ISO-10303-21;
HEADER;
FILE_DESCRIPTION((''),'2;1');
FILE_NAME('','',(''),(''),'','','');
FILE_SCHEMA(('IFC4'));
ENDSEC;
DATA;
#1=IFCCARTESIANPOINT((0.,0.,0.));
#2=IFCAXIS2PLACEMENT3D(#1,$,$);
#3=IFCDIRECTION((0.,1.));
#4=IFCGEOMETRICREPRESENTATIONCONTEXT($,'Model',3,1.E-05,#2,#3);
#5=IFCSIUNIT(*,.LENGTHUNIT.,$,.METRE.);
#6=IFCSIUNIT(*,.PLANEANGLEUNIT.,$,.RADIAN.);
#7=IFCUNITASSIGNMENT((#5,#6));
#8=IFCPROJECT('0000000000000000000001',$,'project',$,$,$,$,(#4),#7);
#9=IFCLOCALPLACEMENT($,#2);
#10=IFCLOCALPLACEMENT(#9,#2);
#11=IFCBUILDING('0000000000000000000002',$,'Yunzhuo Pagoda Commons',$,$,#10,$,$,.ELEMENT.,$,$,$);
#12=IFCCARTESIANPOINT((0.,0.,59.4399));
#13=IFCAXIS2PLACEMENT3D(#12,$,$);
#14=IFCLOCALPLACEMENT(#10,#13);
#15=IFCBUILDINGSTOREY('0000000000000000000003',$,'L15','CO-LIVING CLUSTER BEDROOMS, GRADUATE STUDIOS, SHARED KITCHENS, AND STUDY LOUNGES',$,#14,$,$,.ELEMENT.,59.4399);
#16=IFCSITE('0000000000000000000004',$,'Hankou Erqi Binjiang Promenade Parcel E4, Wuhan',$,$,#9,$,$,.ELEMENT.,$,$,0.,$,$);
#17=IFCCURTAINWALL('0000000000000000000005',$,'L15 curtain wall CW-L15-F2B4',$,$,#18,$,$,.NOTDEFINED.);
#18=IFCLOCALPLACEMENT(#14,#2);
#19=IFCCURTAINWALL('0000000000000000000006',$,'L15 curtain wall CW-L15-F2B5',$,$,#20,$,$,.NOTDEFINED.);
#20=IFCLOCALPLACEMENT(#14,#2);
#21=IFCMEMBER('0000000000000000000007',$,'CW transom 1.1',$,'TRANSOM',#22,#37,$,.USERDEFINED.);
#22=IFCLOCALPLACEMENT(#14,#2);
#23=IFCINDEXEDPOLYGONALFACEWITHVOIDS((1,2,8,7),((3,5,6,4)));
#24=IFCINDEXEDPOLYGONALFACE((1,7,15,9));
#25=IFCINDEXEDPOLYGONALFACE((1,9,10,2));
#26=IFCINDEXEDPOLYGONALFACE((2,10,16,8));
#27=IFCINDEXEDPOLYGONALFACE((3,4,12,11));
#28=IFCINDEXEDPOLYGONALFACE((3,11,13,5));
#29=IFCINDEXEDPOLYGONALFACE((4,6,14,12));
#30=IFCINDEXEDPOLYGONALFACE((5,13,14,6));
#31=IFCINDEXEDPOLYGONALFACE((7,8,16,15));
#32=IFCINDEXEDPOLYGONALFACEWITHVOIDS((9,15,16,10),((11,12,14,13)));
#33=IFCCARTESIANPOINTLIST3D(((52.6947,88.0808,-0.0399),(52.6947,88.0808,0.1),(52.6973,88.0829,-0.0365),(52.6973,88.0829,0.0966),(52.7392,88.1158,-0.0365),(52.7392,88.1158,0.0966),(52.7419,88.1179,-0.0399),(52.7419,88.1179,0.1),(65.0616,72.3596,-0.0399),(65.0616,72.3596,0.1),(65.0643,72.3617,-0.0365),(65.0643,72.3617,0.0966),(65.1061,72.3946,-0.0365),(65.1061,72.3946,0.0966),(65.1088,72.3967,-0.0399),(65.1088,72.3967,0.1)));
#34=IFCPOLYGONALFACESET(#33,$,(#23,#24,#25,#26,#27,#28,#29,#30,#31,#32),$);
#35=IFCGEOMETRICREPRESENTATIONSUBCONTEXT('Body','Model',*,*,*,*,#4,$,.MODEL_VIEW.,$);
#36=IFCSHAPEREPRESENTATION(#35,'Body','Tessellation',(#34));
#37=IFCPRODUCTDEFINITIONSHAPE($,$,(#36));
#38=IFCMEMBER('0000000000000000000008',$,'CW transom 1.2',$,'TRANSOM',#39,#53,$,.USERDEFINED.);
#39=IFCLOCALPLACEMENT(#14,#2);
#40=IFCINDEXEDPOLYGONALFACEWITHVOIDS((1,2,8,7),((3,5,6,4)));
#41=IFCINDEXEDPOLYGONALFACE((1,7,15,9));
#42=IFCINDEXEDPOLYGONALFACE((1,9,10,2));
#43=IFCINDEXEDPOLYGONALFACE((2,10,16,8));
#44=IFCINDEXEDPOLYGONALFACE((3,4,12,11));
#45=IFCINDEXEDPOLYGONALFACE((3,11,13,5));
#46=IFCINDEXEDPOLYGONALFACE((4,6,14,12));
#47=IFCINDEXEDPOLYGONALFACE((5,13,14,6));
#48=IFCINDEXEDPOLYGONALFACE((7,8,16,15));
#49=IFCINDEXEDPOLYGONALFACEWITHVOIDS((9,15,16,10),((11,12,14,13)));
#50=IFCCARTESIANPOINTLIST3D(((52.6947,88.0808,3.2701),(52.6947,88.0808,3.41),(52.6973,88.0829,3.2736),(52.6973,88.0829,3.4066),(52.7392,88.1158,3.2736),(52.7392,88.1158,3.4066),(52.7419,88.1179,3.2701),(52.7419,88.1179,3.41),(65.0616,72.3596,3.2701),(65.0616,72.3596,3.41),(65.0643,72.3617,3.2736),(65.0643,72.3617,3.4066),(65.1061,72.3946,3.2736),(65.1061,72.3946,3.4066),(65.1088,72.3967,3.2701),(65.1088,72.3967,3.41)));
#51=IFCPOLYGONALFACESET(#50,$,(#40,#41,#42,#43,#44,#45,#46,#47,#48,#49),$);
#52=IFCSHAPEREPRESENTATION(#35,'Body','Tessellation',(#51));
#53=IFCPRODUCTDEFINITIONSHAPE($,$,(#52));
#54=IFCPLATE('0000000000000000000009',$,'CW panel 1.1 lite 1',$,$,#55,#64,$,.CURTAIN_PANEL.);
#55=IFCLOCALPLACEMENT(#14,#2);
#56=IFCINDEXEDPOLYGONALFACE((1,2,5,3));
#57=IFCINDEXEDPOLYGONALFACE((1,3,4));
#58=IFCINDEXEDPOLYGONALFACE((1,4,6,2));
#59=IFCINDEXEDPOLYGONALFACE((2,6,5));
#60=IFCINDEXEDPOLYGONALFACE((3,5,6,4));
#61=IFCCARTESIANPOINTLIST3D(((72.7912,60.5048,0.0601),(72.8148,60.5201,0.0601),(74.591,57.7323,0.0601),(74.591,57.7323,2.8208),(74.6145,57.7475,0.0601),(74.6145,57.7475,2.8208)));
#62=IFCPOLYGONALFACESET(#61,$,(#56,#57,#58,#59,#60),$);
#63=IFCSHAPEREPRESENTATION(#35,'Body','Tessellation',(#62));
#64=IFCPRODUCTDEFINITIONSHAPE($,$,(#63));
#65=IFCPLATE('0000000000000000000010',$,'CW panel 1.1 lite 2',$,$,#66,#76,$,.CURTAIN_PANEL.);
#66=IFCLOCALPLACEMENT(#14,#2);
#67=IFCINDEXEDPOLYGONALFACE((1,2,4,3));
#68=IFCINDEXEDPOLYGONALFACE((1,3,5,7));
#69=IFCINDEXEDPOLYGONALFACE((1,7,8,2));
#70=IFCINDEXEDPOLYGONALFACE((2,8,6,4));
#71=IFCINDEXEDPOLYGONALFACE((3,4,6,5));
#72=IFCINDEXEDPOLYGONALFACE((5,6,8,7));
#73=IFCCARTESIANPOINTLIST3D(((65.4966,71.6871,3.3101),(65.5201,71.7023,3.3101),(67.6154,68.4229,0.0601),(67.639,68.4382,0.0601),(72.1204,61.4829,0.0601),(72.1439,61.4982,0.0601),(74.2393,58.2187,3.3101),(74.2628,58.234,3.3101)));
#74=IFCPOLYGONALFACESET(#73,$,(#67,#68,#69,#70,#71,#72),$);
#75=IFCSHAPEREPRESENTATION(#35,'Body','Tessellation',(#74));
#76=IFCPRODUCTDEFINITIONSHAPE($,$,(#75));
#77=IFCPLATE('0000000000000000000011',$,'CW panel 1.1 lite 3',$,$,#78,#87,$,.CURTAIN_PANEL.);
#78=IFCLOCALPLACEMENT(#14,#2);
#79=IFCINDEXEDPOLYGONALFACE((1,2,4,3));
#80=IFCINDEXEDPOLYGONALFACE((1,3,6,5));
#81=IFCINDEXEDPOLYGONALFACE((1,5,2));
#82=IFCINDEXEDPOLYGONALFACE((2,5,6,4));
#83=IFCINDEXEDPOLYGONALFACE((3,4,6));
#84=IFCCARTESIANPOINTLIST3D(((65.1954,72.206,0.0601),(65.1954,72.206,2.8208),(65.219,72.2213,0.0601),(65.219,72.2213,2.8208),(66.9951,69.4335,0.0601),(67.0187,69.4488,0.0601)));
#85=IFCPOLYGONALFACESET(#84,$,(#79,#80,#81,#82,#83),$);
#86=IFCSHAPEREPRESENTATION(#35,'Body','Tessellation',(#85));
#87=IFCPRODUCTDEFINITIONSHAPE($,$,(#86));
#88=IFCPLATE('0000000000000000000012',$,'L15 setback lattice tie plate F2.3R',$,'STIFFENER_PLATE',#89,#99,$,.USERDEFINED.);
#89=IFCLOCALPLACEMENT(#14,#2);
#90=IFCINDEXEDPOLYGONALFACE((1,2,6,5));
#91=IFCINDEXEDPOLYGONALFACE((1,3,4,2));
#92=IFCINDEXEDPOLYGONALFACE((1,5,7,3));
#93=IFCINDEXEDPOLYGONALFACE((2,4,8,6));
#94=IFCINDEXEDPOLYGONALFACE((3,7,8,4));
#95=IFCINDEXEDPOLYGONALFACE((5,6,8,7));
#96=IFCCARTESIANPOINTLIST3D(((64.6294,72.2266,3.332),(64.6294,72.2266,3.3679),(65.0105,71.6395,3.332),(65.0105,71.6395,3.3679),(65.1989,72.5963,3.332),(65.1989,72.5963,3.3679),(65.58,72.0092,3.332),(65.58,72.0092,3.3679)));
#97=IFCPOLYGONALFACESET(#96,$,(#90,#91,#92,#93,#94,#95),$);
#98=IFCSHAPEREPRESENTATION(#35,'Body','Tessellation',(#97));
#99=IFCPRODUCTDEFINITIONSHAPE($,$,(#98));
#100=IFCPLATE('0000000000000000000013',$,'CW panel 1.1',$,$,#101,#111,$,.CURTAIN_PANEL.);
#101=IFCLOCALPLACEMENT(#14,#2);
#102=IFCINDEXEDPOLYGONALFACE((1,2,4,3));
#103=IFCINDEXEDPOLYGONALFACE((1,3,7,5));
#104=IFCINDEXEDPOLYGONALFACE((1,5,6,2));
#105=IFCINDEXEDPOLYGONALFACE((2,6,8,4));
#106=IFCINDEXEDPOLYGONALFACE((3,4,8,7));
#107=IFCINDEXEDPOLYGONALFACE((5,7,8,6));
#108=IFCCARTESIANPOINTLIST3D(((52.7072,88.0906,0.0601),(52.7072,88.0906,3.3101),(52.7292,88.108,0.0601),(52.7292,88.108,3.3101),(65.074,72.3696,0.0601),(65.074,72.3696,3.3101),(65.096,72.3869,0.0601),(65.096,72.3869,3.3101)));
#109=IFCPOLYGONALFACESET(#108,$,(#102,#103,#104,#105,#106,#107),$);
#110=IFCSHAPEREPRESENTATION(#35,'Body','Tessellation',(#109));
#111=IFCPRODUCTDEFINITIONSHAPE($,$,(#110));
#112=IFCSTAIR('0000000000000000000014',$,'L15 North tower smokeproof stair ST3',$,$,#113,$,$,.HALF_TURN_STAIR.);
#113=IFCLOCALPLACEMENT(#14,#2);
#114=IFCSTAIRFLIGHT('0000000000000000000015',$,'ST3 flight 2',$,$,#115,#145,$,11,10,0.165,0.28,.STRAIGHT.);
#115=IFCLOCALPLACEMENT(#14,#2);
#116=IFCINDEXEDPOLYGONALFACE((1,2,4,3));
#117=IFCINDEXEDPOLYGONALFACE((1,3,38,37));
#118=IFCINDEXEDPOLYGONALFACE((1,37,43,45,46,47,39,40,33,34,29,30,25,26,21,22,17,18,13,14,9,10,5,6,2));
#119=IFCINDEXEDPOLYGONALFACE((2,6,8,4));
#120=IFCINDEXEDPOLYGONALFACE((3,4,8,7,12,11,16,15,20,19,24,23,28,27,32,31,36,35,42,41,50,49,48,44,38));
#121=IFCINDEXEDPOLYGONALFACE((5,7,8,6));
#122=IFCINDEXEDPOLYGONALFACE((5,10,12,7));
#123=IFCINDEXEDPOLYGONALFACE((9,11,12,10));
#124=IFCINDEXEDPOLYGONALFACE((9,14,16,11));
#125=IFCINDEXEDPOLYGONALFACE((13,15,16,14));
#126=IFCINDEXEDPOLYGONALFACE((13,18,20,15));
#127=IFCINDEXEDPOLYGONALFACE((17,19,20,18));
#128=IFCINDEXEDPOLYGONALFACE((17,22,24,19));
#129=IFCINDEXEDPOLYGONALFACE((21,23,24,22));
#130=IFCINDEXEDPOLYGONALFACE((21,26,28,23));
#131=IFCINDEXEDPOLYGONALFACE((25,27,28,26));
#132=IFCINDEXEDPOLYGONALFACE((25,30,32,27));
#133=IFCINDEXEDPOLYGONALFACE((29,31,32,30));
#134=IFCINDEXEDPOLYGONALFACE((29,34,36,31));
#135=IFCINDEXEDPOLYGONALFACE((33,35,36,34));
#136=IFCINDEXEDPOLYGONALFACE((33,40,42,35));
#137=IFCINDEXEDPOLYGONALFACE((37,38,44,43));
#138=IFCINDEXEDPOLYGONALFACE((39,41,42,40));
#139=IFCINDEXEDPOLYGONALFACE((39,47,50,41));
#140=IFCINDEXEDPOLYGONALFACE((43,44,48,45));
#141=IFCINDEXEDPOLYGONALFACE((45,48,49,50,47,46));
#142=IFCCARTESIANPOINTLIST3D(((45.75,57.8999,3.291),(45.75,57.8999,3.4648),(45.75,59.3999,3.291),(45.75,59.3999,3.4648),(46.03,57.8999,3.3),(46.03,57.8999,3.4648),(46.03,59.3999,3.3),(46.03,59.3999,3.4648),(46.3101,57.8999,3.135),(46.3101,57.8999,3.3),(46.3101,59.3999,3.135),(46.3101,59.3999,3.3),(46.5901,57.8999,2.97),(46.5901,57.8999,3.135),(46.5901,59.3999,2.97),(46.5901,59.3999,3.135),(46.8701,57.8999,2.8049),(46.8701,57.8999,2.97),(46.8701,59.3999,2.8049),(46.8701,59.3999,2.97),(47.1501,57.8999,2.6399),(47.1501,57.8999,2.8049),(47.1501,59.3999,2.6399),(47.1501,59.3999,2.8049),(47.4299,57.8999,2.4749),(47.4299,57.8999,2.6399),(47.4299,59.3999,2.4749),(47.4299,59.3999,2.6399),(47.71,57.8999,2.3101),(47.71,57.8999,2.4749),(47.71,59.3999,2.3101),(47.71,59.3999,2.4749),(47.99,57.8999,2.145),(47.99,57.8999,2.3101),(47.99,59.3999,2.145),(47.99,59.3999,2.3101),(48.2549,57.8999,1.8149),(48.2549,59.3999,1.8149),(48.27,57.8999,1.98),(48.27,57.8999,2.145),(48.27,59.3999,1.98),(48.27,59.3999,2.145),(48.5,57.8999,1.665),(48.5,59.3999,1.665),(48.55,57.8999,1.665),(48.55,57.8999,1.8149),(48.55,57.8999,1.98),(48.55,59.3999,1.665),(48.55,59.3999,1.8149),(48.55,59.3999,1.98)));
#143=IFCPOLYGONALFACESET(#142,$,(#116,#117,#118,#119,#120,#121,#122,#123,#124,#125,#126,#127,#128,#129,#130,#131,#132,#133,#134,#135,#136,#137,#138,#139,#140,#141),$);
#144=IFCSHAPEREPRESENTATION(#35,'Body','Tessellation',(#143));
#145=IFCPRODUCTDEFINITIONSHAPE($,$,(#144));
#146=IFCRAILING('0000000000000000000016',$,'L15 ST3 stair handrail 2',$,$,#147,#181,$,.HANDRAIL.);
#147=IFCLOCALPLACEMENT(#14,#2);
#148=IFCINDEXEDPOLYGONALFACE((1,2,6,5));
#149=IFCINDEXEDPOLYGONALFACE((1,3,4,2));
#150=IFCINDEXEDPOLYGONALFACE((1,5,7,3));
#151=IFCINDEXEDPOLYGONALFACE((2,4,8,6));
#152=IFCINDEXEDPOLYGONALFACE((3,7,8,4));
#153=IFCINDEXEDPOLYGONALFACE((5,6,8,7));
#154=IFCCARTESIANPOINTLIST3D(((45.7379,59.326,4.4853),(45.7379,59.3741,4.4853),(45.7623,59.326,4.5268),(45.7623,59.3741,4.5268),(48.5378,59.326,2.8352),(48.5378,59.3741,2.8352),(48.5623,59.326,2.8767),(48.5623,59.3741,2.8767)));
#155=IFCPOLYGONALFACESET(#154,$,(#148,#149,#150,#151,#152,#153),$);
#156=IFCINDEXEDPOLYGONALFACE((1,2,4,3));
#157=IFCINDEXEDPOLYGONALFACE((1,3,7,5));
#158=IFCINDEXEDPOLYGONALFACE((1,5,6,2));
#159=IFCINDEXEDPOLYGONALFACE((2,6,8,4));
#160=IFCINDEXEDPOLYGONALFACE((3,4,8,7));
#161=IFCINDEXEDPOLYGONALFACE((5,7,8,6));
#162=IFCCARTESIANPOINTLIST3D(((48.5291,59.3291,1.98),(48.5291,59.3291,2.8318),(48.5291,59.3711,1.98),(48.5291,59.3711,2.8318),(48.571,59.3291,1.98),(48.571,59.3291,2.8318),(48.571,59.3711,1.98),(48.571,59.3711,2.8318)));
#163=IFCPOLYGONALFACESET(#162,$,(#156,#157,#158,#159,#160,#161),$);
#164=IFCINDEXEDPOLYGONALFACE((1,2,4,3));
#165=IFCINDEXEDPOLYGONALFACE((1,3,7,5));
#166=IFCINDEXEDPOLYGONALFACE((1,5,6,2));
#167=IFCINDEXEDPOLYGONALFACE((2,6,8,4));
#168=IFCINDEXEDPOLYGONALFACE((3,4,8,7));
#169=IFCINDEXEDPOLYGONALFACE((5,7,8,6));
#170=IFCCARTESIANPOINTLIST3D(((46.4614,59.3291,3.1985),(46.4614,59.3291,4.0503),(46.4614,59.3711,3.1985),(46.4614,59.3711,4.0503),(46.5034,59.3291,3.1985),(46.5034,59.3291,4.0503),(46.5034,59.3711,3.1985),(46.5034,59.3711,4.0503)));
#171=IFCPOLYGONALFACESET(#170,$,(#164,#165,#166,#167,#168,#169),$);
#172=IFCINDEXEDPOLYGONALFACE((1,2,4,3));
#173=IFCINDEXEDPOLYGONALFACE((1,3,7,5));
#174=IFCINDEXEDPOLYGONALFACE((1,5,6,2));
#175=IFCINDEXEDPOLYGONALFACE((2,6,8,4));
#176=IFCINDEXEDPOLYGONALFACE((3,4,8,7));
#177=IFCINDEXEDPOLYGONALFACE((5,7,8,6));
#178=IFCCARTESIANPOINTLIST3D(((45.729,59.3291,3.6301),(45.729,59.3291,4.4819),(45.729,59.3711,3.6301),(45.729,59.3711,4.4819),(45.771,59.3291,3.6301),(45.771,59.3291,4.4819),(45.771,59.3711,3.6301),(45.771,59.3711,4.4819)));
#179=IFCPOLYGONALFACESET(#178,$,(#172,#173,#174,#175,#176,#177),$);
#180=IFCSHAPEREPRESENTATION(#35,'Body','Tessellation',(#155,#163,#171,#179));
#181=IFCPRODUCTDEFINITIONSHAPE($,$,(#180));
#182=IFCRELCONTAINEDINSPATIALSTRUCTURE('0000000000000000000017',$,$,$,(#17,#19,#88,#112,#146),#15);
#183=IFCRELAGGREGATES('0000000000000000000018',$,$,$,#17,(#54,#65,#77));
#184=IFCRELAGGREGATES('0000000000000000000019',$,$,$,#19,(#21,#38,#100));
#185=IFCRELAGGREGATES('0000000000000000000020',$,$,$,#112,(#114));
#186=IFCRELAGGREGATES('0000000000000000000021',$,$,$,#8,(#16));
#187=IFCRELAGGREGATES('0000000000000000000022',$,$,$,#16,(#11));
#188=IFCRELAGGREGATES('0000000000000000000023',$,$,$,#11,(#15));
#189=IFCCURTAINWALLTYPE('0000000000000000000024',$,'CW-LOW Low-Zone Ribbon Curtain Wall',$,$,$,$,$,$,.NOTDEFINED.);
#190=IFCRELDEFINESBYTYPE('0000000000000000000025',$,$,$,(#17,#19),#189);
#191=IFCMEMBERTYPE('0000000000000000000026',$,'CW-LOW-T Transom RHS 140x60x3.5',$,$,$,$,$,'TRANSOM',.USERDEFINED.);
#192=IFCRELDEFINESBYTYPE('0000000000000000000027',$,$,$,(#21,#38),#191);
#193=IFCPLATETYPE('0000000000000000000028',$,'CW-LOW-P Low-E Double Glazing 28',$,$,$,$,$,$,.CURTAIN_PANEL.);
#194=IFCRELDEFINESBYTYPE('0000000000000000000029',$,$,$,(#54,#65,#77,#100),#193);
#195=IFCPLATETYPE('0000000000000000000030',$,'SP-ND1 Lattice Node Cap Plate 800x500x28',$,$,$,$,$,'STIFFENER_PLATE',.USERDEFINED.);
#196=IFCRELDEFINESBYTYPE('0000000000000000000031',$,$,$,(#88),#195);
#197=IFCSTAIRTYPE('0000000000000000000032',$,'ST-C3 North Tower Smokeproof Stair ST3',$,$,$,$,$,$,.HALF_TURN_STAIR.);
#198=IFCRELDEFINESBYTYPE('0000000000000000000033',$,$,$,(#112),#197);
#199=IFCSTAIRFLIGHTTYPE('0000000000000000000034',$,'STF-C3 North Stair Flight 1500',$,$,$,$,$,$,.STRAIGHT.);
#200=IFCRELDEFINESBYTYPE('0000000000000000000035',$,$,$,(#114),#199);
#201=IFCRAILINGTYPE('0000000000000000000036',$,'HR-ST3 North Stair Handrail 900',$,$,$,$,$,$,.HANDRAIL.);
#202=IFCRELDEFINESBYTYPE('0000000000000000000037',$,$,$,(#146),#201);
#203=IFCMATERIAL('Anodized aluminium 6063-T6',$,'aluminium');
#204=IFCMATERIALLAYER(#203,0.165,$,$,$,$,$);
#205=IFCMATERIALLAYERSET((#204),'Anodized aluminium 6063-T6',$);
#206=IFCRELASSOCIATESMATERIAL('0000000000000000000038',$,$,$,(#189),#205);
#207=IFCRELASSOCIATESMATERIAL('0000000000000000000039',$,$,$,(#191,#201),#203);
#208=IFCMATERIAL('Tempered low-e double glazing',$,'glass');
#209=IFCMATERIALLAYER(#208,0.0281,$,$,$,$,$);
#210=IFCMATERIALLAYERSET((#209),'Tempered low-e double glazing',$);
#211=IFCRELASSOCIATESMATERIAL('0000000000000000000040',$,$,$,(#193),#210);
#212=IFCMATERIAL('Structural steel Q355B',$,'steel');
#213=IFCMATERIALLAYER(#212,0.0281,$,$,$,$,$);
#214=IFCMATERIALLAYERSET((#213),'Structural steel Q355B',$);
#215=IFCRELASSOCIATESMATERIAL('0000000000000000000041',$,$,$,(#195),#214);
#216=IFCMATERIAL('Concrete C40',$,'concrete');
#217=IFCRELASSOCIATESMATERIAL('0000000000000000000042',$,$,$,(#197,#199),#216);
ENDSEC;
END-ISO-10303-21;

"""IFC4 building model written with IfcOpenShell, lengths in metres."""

from ifc_helpers import new_model, si_unit, direction, frame, origin, origin_2d, place, context, subcontext, project, spatial, polyline, rectangle, hollow_rectangle, outline, extrude, source, transform, mapped, material, layer, layer_set, material_profile, profile_set, type_object, element, aggregate, save


model = new_model("IFC4")

# Units and contexts
model_context = context("Model", 3, precision=1e-05, world=origin(), true_north=direction((0.0, 1.0)))
body_context = subcontext(model_context, "Body", "Model", "MODEL_VIEW")
ifc_project = project(units=[si_unit("LENGTHUNIT", "METRE"), si_unit("PLANEANGLEUNIT", "RADIAN")], contexts=[model_context])

# Site, building, storey
site_placement = place(None, origin())
site = spatial("IfcSite", under=ifc_project, at=site_placement, Name="Hankou Erqi Binjiang Promenade Parcel E4, Wuhan", CompositionType="ELEMENT", RefElevation=0.0)
building_placement = place(site_placement, origin())
building = spatial("IfcBuilding", under=site, at=building_placement, Name="Yunzhuo Pagoda Commons", CompositionType="ELEMENT")
storey_placement = place(building_placement, frame((0.0, 0.0, 59.4399)))
storey = spatial("IfcBuildingStorey", under=building, at=storey_placement, Name="L15", Description="CO-LIVING CLUSTER BEDROOMS, GRADUATE STUDIOS, SHARED KITCHENS, AND STUDY LOUNGES", CompositionType="ELEMENT", Elevation=59.4399)

# Shared definitions
ifc_material_1 = material(Name="Structural steel Q355B", Category="steel")

# Curtain wall
ifc_material_2 = material(Name="Anodized aluminium 6063-T6", Category="aluminium")
ifc_layer_1 = layer(ifc_material_2, 0.165)
ifc_layer_set_1 = layer_set([ifc_layer_1], Name="Anodized aluminium 6063-T6")
curtain_wall_type = type_object("IfcCurtainWallType", Name="CW-LOW Low-Zone Ribbon Curtain Wall", PredefinedType="NOTDEFINED", material=ifc_layer_set_1)
curtain_wall_1_placement = place(storey_placement, origin())
curtain_wall_1 = element("IfcCurtainWall", 1, at=curtain_wall_1_placement, inside=storey, type_object=curtain_wall_type, Name="L15 curtain wall CW-L15-F2B4", PredefinedType="NOTDEFINED")

# Curtain wall, members
curtain_wall_2_placement = place(storey_placement, origin())
curtain_wall_2 = element("IfcCurtainWall", 2, at=curtain_wall_2_placement, inside=storey, type_object=curtain_wall_type, Name="L15 curtain wall CW-L15-F2B5", PredefinedType="NOTDEFINED")
ifc_material_profile_1 = material_profile(ifc_material_2, hollow_rectangle(XDim=0.0601, YDim=0.1399, WallThickness=0.0034, at=origin_2d()), Name="Anodized aluminium 6063-T6")
ifc_profile_set_1 = profile_set([ifc_material_profile_1], Name="Anodized aluminium 6063-T6")
member_type_1 = type_object("IfcMemberType", Name="CW-LOW-T Transom RHS 140x60x3.5", ElementType="TRANSOM", PredefinedType="USERDEFINED", material=ifc_profile_set_1)
shared_shape_1 = source(origin(), body_context, "Body", "SweptSolid", [
    extrude(hollow_rectangle(XDim=0.0601, YDim=0.1399, WallThickness=0.0034, at=origin_2d()), origin(), (0.0, 0.0, 1.0), 20.0024),
])
member_1_placement = place(storey_placement, frame((65.0852, 72.3782, 0.03), z_axis=(-0.618272, 0.785964, 0.0), x_axis=(-0.785964, -0.618272, 0.0)))
member_1 = element("IfcMember", 3, at=member_1_placement, type_object=member_type_1, Name="CW transom 1.1", ObjectType="TRANSOM", PredefinedType="USERDEFINED", context=body_context, shape_type="MappedRepresentation", body=[
    mapped(shared_shape_1, transform((0.0, 0.0, 0.0), scale=1.0)),
])
member_2_placement = place(storey_placement, frame((65.0852, 72.3782, 3.3401), z_axis=(-0.618272, 0.785964, 0.0), x_axis=(-0.785964, -0.618272, 0.0)))
member_2 = element("IfcMember", 4, at=member_2_placement, type_object=member_type_1, Name="CW transom 1.2", ObjectType="TRANSOM", PredefinedType="USERDEFINED", context=body_context, shape_type="MappedRepresentation", body=[
    mapped(shared_shape_1, transform((0.0, 0.0, 0.0), scale=1.0)),
])

# Plates
ifc_material_3 = material(Name="Tempered low-e double glazing", Category="glass")
ifc_layer_2 = layer(ifc_material_3, 0.0281)
ifc_layer_set_2 = layer_set([ifc_layer_2], Name="Tempered low-e double glazing")
plate_type_1 = type_object("IfcPlateType", Name="CW-LOW-P Low-E Double Glazing 28", PredefinedType="CURTAIN_PANEL", material=ifc_layer_set_2)
plate_1_placement = place(storey_placement, frame((73.6912, 59.1184, 1.4404), z_axis=(0.838777, 0.544476, 0.0), x_axis=(-0.544476, 0.838777, 0.0)))
plate_1 = element("IfcPlate", 5, at=plate_1_placement, type_object=plate_type_1, Name="CW panel 1.1 lite 1", PredefinedType="CURTAIN_PANEL", context=body_context, shape_type="SweptSolid", body=[
    extrude(outline(polyline([(-1.6526, -1.3804), (1.6528, -1.3804), (-1.6526, 1.3804), (-1.6526, -1.3804)])), origin(), (0.0, 0.0, 1.0), 0.0281),
])
plate_2_placement = place(storey_placement, frame((69.8679, 64.9529, 1.6851), z_axis=(0.838777, 0.544476, 0.0), x_axis=(-0.544476, 0.838777, 0.0)))
plate_2 = element("IfcPlate", 6, at=plate_2_placement, type_object=plate_type_1, Name="CW panel 1.1 lite 2", PredefinedType="CURTAIN_PANEL", context=body_context, shape_type="SweptSolid", body=[
    extrude(outline(polyline([(-8.0286, 1.625), (-4.137, -1.625), (4.137, -1.625), (8.0286, 1.625), (-8.0286, 1.625)])), origin(), (0.0, 0.0, 1.0), 0.0281),
])
plate_3_placement = place(storey_placement, frame((66.0952, 70.8198, 1.4404), z_axis=(0.838777, 0.544476, 0.0), x_axis=(-0.544476, 0.838777, 0.0)))
plate_3 = element("IfcPlate", 7, at=plate_3_placement, type_object=plate_type_1, Name="CW panel 1.1 lite 3", PredefinedType="CURTAIN_PANEL", context=body_context, shape_type="SweptSolid", body=[
    extrude(outline(polyline([(-1.6528, -1.3804), (1.6526, -1.3804), (1.6526, 1.3804), (-1.6528, -1.3804)])), origin(), (0.0, 0.0, 1.0), 0.0281),
])
aggregate(curtain_wall_1, [plate_1, plate_2, plate_3])
ifc_layer_3 = layer(ifc_material_1, 0.0281)
ifc_layer_set_3 = layer_set([ifc_layer_3], Name="Structural steel Q355B")
plate_type_2 = type_object("IfcPlateType", Name="SP-ND1 Lattice Node Cap Plate 800x500x28", ElementType="STIFFENER_PLATE", PredefinedType="USERDEFINED", material=ifc_layer_set_3)
shared_shape_2 = source(origin(), body_context, "Body", "SweptSolid", [
    extrude(rectangle(XDim=0.7, YDim=0.679, at=origin_2d()), origin(), (0.0, 0.0, 1.0), 0.0359),
])
plate_4_placement = place(storey_placement, frame((65.1047, 72.1179, 3.332), z_axis=(0.0, 0.0, 1.0), x_axis=(-0.544478, 0.838775, 0.0)))
element("IfcPlate", 8, at=plate_4_placement, inside=storey, type_object=plate_type_2, Name="L15 setback lattice tie plate F2.3R", ObjectType="STIFFENER_PLATE", PredefinedType="USERDEFINED", context=body_context, shape_type="MappedRepresentation", body=[
    mapped(shared_shape_2, transform((0.0, 0.0, 0.0), scale=1.0)),
])
shared_shape_3 = source(origin(), body_context, "Body", "SweptSolid", [
    extrude(rectangle(XDim=20.0022, YDim=0.0281, at=origin_2d()), origin(), (0.0, 0.0, 1.0), 3.25),
])
plate_5_placement = place(storey_placement, frame((58.9016, 80.2388, 0.0601), z_axis=(0.0, 0.0, 1.0), x_axis=(-0.618272, 0.785964, 0.0)))
plate_5 = element("IfcPlate", 9, at=plate_5_placement, type_object=plate_type_1, Name="CW panel 1.1", PredefinedType="CURTAIN_PANEL", context=body_context, shape_type="MappedRepresentation", body=[
    mapped(shared_shape_3, transform((0.0, 0.0, 0.0), scale=1.0)),
])
aggregate(curtain_wall_2, [member_1, member_2, plate_5])

# Stair, stair flight
ifc_material_4 = material(Name="Concrete C40", Category="concrete")
stair_type = type_object("IfcStairType", Name="ST-C3 North Tower Smokeproof Stair ST3", PredefinedType="HALF_TURN_STAIR", material=ifc_material_4)
stair_placement = place(storey_placement, origin())
stair = element("IfcStair", 10, at=stair_placement, inside=storey, type_object=stair_type, Name="L15 North tower smokeproof stair ST3", PredefinedType="HALF_TURN_STAIR")
stair_flight_type = type_object("IfcStairFlightType", Name="STF-C3 North Stair Flight 1500", PredefinedType="STRAIGHT", material=ifc_material_4)
shared_shape_4 = source(origin(), body_context, "Body", "SweptSolid", [
    extrude(outline(polyline([(0.0, -0.1499), (0.0, 0.0), (0.0, 0.165), (0.28, 0.165), (0.28, 0.3301), (0.5601, 0.3301), (0.5601, 0.4951), (0.8401, 0.4951), (0.8401, 0.6599), (1.1201, 0.6599), (1.1201, 0.825), (1.3999, 0.825), (1.3999, 0.99), (1.6799, 0.99), (1.6799, 1.155), (1.96, 1.155), (1.96, 1.3201), (2.24, 1.3201), (2.24, 1.4851), (2.52, 1.4851), (2.52, 1.6499), (2.8, 1.6499), (2.8, 1.8149), (2.8, 1.4761), (0.2952, 0.0), (0.05, -0.1499), (0.0, -0.1499)])), frame((0.0, 0.75, 0.0), z_axis=(0.0, -1.0, 0.0), x_axis=(1.0, 0.0, 0.0)), (0.0, 0.0, 1.0), 1.5),
])
stair_flight_placement = place(storey_placement, frame((48.55, 58.6499, 1.8149), z_axis=(0.0, 0.0, 1.0), x_axis=(-1.0, 0.0, 0.0)))
stair_flight = element("IfcStairFlight", 11, at=stair_flight_placement, type_object=stair_flight_type, Name="ST3 flight 2", NumberOfRisers=11, NumberOfTreads=10, PredefinedType="STRAIGHT", RiserHeight=0.165, TreadLength=0.28, context=body_context, shape_type="MappedRepresentation", body=[
    mapped(shared_shape_4, transform((0.0, 0.0, 0.0), scale=1.0)),
])
aggregate(stair, [stair_flight])

# Railing
railing_type_1 = type_object("IfcRailingType", Name="HR-ST3 North Stair Handrail 900", PredefinedType="HANDRAIL", material=ifc_material_2)
railing_1_placement = place(storey_placement, frame((48.55, 59.3501, 1.98)))
element("IfcRailing", 12, at=railing_1_placement, inside=storey, type_object=railing_type_1, Name="L15 ST3 stair handrail 2", PredefinedType="HANDRAIL", context=body_context, shape_type="SweptSolid", body=[
    extrude(rectangle(XDim=0.0481, YDim=0.0481, at=origin_2d()), frame((0.0, 0.0, 0.876), z_axis=(-0.861523, 0.0, 0.507719), x_axis=(0.0, -1.0, 0.0)), (0.0, 0.0, 1.0), 3.25),
    extrude(rectangle(XDim=0.042, YDim=0.042, at=origin_2d()), origin(), (0.0, 0.0, 1.0), 0.8518),
    extrude(rectangle(XDim=0.042, YDim=0.042, at=origin_2d()), frame((-2.0676, 0.0, 1.2185)), (0.0, 0.0, 1.0), 0.8518),
    extrude(rectangle(XDim=0.042, YDim=0.042, at=origin_2d()), frame((-2.8, 0.0, 1.6501)), (0.0, 0.0, 1.0), 0.8518),
])

save(model, "model.ifc")
